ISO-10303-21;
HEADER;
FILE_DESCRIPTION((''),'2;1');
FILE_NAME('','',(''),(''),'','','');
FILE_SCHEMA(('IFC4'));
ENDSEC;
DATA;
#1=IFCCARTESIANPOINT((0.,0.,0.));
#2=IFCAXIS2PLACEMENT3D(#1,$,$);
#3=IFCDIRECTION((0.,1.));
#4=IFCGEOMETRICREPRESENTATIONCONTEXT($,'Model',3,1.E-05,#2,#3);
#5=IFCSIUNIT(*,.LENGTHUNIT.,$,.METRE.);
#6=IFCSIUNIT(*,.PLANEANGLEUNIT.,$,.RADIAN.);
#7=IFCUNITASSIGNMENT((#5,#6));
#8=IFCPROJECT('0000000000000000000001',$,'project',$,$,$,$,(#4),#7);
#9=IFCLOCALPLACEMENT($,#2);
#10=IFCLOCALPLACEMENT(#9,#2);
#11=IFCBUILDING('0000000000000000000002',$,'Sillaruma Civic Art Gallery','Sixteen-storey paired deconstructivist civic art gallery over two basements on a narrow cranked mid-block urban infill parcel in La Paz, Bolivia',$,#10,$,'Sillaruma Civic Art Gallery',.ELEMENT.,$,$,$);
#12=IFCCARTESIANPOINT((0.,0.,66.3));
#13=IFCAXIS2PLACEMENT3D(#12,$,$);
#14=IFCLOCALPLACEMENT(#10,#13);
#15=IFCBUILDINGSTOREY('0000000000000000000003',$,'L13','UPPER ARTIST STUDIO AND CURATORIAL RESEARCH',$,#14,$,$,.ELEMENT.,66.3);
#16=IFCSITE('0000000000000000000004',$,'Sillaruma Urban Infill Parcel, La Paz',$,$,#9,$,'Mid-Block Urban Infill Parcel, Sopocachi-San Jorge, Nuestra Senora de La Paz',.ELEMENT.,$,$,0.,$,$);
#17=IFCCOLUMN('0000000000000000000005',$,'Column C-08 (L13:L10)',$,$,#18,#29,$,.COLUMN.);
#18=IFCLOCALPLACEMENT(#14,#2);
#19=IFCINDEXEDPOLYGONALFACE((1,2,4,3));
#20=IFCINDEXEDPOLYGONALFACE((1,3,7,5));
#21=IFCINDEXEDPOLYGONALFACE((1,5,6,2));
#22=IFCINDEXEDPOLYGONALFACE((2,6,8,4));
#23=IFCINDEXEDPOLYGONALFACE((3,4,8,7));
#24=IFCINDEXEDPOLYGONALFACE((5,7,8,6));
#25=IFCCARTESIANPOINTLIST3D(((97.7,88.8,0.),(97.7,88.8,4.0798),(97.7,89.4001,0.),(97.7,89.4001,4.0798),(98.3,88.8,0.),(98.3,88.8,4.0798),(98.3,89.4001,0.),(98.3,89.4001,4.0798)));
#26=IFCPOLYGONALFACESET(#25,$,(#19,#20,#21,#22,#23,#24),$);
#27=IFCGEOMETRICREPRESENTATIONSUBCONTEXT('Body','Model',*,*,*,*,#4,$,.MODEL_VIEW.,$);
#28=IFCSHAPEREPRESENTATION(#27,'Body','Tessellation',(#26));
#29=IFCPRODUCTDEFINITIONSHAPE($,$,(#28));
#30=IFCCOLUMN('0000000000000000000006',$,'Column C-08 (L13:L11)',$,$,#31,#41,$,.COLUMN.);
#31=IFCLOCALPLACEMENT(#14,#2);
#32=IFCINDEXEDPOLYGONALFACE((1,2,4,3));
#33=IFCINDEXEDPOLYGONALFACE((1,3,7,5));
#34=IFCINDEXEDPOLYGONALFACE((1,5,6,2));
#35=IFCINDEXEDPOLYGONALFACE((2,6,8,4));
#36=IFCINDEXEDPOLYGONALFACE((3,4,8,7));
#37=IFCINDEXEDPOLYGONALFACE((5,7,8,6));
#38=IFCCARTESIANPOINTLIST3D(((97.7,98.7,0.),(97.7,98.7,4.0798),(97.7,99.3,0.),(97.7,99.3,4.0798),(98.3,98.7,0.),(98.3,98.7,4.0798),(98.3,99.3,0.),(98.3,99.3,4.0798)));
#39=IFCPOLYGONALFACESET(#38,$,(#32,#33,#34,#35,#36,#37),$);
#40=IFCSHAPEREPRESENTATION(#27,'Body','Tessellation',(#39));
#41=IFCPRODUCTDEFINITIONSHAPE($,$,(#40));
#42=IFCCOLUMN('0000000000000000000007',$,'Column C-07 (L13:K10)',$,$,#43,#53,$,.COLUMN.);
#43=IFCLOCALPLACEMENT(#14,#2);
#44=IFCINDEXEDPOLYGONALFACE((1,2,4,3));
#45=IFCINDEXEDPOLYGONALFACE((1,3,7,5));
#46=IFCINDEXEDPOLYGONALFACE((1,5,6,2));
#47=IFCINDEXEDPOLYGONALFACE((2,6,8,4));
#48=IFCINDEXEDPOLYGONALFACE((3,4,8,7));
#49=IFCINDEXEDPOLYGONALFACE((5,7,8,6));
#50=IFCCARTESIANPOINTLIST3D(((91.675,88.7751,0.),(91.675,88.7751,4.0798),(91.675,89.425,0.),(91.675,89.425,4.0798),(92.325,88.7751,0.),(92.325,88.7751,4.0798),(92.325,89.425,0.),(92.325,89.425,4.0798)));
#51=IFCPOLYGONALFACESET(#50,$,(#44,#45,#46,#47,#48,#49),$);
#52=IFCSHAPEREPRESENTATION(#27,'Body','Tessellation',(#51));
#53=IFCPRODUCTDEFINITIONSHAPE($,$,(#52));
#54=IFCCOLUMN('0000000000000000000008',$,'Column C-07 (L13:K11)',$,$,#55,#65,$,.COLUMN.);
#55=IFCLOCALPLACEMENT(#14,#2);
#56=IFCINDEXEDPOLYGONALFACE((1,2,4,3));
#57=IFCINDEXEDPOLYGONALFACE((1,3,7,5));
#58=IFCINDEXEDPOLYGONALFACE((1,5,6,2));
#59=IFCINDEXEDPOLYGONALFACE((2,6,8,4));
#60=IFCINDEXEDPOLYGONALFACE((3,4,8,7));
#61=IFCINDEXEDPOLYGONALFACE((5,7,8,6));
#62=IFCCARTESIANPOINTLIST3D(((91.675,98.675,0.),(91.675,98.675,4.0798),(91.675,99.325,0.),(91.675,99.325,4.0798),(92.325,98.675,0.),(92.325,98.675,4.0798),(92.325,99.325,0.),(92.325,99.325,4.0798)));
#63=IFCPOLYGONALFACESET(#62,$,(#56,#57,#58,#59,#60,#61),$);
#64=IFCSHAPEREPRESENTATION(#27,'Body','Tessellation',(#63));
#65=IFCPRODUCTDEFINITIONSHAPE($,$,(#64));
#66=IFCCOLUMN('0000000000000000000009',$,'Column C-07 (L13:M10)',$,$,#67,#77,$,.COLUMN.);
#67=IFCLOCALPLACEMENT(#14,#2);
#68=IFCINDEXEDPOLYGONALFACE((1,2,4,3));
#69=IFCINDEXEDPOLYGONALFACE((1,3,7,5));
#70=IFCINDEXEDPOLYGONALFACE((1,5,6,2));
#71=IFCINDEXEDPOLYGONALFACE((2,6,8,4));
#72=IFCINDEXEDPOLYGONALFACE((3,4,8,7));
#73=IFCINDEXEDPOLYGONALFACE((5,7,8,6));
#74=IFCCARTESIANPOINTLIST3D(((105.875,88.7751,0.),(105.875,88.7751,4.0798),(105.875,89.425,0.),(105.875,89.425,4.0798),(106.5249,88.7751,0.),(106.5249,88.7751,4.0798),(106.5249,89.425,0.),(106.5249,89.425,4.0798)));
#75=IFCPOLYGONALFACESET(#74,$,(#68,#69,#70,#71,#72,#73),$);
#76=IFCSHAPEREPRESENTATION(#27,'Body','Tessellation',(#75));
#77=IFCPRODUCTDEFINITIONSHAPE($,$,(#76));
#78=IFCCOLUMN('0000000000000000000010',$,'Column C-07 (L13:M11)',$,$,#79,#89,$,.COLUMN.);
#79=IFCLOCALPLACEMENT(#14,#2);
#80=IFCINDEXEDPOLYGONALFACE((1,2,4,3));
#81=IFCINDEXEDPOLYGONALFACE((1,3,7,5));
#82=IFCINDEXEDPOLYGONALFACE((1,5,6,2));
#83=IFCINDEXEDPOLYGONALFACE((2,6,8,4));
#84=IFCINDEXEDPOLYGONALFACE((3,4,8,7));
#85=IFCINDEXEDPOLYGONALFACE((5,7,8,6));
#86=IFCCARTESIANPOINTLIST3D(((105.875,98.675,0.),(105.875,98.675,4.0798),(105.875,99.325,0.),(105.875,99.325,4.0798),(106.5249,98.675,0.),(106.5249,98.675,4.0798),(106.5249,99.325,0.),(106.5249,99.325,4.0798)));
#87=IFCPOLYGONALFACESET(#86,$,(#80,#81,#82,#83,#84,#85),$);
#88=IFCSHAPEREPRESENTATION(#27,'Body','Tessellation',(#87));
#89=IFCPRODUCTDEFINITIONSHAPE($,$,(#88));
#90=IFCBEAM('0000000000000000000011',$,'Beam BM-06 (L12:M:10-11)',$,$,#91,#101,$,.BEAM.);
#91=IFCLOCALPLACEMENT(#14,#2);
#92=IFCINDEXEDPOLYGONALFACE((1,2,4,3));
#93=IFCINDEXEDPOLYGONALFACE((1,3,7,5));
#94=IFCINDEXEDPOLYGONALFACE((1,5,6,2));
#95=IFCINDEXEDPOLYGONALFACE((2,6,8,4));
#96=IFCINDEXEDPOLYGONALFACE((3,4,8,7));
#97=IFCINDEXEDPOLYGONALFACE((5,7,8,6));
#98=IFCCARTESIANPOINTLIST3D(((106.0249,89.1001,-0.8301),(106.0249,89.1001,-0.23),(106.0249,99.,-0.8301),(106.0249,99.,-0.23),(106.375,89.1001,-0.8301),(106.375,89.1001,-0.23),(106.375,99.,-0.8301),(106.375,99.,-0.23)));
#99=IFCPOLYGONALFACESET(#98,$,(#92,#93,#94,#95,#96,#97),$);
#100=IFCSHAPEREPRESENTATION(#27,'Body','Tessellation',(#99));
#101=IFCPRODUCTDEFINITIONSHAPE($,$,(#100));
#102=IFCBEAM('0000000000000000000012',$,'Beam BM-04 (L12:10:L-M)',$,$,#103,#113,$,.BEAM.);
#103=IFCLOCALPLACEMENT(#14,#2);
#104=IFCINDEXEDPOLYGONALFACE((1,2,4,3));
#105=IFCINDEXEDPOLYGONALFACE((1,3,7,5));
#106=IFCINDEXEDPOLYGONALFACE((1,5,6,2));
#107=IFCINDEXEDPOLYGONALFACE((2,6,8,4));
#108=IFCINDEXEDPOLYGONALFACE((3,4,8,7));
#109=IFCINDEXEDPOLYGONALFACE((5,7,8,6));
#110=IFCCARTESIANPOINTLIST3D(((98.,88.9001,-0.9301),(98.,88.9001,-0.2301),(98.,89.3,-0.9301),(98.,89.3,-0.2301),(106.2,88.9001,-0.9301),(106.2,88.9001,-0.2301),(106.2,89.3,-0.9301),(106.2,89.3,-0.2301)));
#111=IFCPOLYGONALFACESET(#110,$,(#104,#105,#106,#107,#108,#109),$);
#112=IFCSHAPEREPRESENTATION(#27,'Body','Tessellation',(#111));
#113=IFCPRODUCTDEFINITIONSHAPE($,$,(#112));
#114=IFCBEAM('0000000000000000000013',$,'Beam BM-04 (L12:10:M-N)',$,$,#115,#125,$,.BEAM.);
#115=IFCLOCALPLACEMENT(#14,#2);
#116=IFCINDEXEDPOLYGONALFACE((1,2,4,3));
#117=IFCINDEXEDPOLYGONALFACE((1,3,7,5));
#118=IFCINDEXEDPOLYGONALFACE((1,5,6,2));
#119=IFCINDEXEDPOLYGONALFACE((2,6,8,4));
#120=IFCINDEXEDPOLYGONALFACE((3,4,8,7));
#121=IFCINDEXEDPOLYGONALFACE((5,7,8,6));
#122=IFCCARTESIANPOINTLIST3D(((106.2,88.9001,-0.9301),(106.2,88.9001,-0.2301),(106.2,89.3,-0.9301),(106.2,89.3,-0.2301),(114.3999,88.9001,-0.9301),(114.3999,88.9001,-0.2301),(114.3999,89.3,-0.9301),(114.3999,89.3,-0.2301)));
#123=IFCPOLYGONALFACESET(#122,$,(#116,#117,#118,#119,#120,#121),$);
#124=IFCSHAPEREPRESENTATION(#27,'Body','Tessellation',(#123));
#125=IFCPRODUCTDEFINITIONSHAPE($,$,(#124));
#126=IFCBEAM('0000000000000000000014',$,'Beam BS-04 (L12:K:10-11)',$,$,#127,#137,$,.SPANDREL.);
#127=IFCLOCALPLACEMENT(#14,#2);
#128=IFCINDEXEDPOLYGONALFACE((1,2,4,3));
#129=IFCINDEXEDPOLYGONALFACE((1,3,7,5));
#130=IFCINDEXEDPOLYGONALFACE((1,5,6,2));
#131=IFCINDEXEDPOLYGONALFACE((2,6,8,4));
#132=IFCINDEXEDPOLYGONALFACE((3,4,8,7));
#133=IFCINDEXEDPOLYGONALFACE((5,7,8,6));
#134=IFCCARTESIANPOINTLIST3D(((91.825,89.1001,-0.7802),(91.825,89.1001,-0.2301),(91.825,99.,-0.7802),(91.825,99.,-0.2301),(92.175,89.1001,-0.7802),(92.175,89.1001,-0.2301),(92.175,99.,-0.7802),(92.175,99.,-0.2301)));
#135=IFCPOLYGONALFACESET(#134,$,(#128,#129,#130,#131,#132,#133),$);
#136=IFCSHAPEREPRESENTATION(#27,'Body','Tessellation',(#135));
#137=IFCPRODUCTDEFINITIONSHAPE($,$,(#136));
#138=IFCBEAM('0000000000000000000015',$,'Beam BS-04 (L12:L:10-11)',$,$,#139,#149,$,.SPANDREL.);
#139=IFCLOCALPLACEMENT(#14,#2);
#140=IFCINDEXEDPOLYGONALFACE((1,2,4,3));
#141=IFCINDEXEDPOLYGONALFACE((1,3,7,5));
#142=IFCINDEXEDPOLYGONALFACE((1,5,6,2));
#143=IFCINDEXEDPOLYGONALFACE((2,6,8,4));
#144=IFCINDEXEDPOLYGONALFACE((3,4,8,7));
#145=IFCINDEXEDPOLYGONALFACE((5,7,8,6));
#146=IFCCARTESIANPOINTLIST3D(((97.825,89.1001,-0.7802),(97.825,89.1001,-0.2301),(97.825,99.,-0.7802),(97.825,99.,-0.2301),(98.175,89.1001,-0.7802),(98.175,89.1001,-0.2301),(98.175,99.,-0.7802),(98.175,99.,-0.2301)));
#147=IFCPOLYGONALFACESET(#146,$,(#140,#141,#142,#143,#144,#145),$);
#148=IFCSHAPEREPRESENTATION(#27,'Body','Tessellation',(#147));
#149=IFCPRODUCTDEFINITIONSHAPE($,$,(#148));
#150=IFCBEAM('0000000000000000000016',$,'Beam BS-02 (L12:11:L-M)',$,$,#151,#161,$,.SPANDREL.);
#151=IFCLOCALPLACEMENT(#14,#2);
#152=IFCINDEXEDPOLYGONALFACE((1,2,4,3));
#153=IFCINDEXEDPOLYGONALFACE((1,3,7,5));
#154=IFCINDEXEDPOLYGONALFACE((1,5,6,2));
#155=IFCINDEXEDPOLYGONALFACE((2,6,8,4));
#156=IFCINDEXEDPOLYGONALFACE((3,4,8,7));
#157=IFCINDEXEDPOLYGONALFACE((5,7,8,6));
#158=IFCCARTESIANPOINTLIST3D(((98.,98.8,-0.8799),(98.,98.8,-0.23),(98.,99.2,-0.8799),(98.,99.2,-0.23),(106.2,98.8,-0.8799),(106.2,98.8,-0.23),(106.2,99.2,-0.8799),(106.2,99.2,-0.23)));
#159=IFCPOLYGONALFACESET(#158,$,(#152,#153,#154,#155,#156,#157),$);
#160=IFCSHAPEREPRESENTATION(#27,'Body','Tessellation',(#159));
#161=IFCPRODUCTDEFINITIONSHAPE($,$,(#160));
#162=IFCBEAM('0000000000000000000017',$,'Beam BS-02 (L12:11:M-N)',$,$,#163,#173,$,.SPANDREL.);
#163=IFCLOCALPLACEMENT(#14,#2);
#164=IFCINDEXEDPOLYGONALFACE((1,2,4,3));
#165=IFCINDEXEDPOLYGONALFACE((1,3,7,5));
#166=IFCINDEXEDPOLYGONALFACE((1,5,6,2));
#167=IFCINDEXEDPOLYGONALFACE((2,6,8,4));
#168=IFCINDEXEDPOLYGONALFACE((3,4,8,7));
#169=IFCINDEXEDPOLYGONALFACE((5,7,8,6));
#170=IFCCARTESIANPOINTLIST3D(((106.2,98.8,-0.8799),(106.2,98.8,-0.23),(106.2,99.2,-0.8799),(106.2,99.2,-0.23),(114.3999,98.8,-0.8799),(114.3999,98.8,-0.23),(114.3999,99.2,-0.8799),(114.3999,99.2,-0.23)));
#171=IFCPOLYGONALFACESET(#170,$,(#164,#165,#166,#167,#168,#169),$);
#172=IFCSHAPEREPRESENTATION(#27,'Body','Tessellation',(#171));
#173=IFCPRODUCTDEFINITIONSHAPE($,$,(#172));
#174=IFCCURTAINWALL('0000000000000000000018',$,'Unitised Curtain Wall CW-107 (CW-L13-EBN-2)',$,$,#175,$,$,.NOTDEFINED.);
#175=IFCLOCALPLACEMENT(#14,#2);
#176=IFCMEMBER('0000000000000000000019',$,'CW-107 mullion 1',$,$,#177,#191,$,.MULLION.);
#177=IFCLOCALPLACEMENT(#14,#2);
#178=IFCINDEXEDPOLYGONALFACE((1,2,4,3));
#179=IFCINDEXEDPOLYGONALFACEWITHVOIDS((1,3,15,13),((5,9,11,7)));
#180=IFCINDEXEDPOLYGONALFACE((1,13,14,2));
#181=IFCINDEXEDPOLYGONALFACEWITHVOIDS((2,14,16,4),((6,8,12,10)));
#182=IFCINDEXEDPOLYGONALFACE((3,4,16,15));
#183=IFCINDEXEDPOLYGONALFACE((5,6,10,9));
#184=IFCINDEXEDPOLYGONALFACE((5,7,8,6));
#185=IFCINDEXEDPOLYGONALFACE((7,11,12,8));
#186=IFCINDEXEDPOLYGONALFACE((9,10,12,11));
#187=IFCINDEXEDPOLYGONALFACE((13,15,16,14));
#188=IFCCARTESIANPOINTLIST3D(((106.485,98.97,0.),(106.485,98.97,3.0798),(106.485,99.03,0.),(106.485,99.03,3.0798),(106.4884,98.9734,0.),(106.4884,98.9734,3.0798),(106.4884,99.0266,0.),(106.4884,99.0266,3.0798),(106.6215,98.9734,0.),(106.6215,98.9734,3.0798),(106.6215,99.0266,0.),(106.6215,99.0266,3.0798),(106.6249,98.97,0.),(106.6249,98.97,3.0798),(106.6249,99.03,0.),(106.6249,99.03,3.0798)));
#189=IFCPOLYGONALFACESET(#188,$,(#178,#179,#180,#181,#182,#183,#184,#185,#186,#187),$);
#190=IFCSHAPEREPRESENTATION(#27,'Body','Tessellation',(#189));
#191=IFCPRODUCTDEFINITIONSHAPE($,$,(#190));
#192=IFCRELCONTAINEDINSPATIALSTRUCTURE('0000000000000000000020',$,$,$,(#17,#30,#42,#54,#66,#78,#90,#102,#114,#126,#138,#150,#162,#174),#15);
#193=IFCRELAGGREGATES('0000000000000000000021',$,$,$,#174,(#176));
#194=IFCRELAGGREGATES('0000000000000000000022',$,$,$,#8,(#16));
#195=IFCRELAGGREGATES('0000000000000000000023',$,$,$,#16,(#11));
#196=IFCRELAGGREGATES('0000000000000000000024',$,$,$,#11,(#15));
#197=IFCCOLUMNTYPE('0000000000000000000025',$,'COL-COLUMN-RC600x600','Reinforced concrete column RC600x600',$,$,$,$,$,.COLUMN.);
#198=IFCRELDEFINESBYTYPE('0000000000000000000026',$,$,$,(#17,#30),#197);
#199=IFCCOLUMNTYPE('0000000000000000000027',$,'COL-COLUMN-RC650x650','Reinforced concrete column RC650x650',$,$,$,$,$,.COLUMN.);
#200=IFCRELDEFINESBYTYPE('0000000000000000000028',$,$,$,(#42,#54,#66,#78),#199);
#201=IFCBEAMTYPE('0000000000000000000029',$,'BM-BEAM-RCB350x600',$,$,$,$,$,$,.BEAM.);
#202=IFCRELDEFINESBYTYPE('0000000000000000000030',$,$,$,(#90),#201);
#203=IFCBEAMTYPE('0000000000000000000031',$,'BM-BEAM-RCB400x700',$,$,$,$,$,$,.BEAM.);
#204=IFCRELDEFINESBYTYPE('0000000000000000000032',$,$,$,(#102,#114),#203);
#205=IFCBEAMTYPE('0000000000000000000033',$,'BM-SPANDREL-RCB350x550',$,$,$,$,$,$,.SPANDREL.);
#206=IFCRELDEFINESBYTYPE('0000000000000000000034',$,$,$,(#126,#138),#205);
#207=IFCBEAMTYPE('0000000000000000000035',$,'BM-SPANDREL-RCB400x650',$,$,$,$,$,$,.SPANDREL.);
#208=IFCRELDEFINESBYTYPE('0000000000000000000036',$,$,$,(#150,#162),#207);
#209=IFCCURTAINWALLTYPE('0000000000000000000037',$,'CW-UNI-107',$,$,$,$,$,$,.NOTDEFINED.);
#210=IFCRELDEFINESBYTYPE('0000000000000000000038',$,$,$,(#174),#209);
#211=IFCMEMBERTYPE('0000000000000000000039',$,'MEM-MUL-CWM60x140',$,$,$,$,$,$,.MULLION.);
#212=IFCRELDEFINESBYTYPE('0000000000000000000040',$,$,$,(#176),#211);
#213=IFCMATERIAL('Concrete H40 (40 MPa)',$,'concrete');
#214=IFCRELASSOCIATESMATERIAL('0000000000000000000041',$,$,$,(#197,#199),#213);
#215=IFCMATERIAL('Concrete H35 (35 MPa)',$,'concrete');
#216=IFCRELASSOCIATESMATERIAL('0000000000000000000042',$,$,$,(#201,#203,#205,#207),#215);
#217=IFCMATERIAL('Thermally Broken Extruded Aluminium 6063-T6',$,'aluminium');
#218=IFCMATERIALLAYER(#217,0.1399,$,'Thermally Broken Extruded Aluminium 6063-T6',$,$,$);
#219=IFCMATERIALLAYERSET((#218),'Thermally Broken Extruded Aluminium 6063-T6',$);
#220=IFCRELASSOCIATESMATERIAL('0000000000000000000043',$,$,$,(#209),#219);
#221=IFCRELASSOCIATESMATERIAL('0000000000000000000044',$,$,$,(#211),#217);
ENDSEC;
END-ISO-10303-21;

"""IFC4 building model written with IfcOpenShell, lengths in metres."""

from ifc_helpers import new_model, si_unit, direction, frame, origin, origin_2d, place, context, subcontext, project, spatial, rectangle, hollow_rectangle, extrude, material, layer, layer_set, material_profile, profile_set, type_object, element, aggregate, save


model = new_model("IFC4")

# Units and contexts
model_context = context("Model", 3, precision=1e-05, world=origin(), true_north=direction((0.0, 1.0)))
body_context = subcontext(model_context, "Body", "Model", "MODEL_VIEW")
ifc_project = project(units=[si_unit("LENGTHUNIT", "METRE"), si_unit("PLANEANGLEUNIT", "RADIAN")], contexts=[model_context])

# Site, building, storey
site_placement = place(None, origin())
site = spatial("IfcSite", under=ifc_project, at=site_placement, Name="Sillaruma Urban Infill Parcel, La Paz", LongName="Mid-Block Urban Infill Parcel, Sopocachi-San Jorge, Nuestra Senora de La Paz", CompositionType="ELEMENT", RefElevation=0.0)
building_placement = place(site_placement, origin())
building = spatial("IfcBuilding", under=site, at=building_placement, Name="Sillaruma Civic Art Gallery", Description="Sixteen-storey paired deconstructivist civic art gallery over two basements on a narrow cranked mid-block urban infill parcel in La Paz, Bolivia", LongName="Sillaruma Civic Art Gallery", CompositionType="ELEMENT")
storey_placement = place(building_placement, frame((0.0, 0.0, 66.3)))
storey = spatial("IfcBuildingStorey", under=building, at=storey_placement, Name="L13", Description="UPPER ARTIST STUDIO AND CURATORIAL RESEARCH", CompositionType="ELEMENT", Elevation=66.3)

# Columns
ifc_material_1 = material(Name="Concrete H40 (40 MPa)", Category="concrete")
ifc_material_profile_1 = material_profile(ifc_material_1, rectangle(XDim=0.6001, YDim=0.6001, at=origin_2d()), Name="RC600x600")
ifc_profile_set_1 = profile_set([ifc_material_profile_1], Name="Concrete H40 (40 MPa)")
column_type_1 = type_object("IfcColumnType", Name="COL-COLUMN-RC600x600", Description="Reinforced concrete column RC600x600", PredefinedType="COLUMN", material=ifc_profile_set_1)
for number, where, z_axis, x_axis, name in (
    (1, (98.0, 89.1001, 0.0), (0.0, 0.0, 1.0), (1.0, 0.0, 0.0), "Column C-08 (L13:L10)"),
    (2, (98.0, 99.0, 0.0), (0.0, 0.0, 1.0), (1.0, 0.0, 0.0), "Column C-08 (L13:L11)"),
):
    element("IfcColumn", number, at=place(storey_placement, frame(where, z_axis=z_axis, x_axis=x_axis)), inside=storey, type_object=column_type_1, Name=name, PredefinedType="COLUMN", context=body_context, shape_type="SweptSolid", body=[
        extrude(rectangle(XDim=0.6001, YDim=0.6001, at=origin_2d()), origin(), (0.0, 0.0, 1.0), 4.0798),
    ])
ifc_material_profile_2 = material_profile(ifc_material_1, rectangle(XDim=0.6499, YDim=0.6499, at=origin_2d()), Name="RC650x650")
ifc_profile_set_2 = profile_set([ifc_material_profile_2], Name="Concrete H40 (40 MPa)")
column_type_2 = type_object("IfcColumnType", Name="COL-COLUMN-RC650x650", Description="Reinforced concrete column RC650x650", PredefinedType="COLUMN", material=ifc_profile_set_2)
for number, where, z_axis, x_axis, name in (
    (3, (92.0, 89.1001, 0.0), (0.0, 0.0, 1.0), (1.0, 0.0, 0.0), "Column C-07 (L13:K10)"),
    (4, (92.0, 99.0, 0.0), (0.0, 0.0, 1.0), (1.0, 0.0, 0.0), "Column C-07 (L13:K11)"),
    (5, (106.2, 89.1001, 0.0), (0.0, 0.0, 1.0), (1.0, 0.0, 0.0), "Column C-07 (L13:M10)"),
    (6, (106.2, 99.0, 0.0), (0.0, 0.0, 1.0), (1.0, 0.0, 0.0), "Column C-07 (L13:M11)"),
):
    element("IfcColumn", number, at=place(storey_placement, frame(where, z_axis=z_axis, x_axis=x_axis)), inside=storey, type_object=column_type_2, Name=name, PredefinedType="COLUMN", context=body_context, shape_type="SweptSolid", body=[
        extrude(rectangle(XDim=0.6499, YDim=0.6499, at=origin_2d()), origin(), (0.0, 0.0, 1.0), 4.0798),
    ])

# Beams
ifc_material_2 = material(Name="Concrete H35 (35 MPa)", Category="concrete")
ifc_material_profile_3 = material_profile(ifc_material_2, rectangle(XDim=0.3501, YDim=0.6001, at=origin_2d()), Name="RCB350x600")
ifc_profile_set_3 = profile_set([ifc_material_profile_3], Name="Concrete H35 (35 MPa)")
beam_type_1 = type_object("IfcBeamType", Name="BM-BEAM-RCB350x600", PredefinedType="BEAM", material=ifc_profile_set_3)
beam_placement = place(storey_placement, frame((106.2, 89.1001, -0.53), z_axis=(0.0, 1.0, 0.0), x_axis=(-1.0, 0.0, 0.0)))
element("IfcBeam", 7, at=beam_placement, inside=storey, type_object=beam_type_1, Name="Beam BM-06 (L12:M:10-11)", PredefinedType="BEAM", context=body_context, shape_type="SweptSolid", body=[
    extrude(rectangle(XDim=0.3501, YDim=0.6001, at=origin_2d()), origin(), (0.0, 0.0, 1.0), 9.8999),
])
ifc_material_profile_4 = material_profile(ifc_material_2, rectangle(XDim=0.3999, YDim=0.7, at=origin_2d()), Name="RCB400x700")
ifc_profile_set_4 = profile_set([ifc_material_profile_4], Name="Concrete H35 (35 MPa)")
beam_type_2 = type_object("IfcBeamType", Name="BM-BEAM-RCB400x700", PredefinedType="BEAM", material=ifc_profile_set_4)
for number, where, z_axis, x_axis, name in (
    (8, (98.0, 89.1001, -0.5801), (1.0, 0.0, 0.0), (0.0, 1.0, 0.0), "Beam BM-04 (L12:10:L-M)"),
    (9, (106.2, 89.1001, -0.5801), (1.0, 0.0, 0.0), (0.0, 1.0, 0.0), "Beam BM-04 (L12:10:M-N)"),
):
    element("IfcBeam", number, at=place(storey_placement, frame(where, z_axis=z_axis, x_axis=x_axis)), inside=storey, type_object=beam_type_2, Name=name, PredefinedType="BEAM", context=body_context, shape_type="SweptSolid", body=[
        extrude(rectangle(XDim=0.3999, YDim=0.7, at=origin_2d()), origin(), (0.0, 0.0, 1.0), 8.2),
    ])
ifc_material_profile_5 = material_profile(ifc_material_2, rectangle(XDim=0.3501, YDim=0.55, at=origin_2d()), Name="RCB350x550")
ifc_profile_set_5 = profile_set([ifc_material_profile_5], Name="Concrete H35 (35 MPa)")
beam_type_3 = type_object("IfcBeamType", Name="BM-SPANDREL-RCB350x550", PredefinedType="SPANDREL", material=ifc_profile_set_5)
for number, where, z_axis, x_axis, name in (
    (10, (92.0, 89.1001, -0.5051), (0.0, 1.0, 0.0), (-1.0, 0.0, 0.0), "Beam BS-04 (L12:K:10-11)"),
    (11, (98.0, 89.1001, -0.5051), (0.0, 1.0, 0.0), (-1.0, 0.0, 0.0), "Beam BS-04 (L12:L:10-11)"),
):
    element("IfcBeam", number, at=place(storey_placement, frame(where, z_axis=z_axis, x_axis=x_axis)), inside=storey, type_object=beam_type_3, Name=name, PredefinedType="SPANDREL", context=body_context, shape_type="SweptSolid", body=[
        extrude(rectangle(XDim=0.3501, YDim=0.55, at=origin_2d()), origin(), (0.0, 0.0, 1.0), 9.8999),
    ])
ifc_material_profile_6 = material_profile(ifc_material_2, rectangle(XDim=0.3999, YDim=0.6499, at=origin_2d()), Name="RCB400x650")
ifc_profile_set_6 = profile_set([ifc_material_profile_6], Name="Concrete H35 (35 MPa)")
beam_type_4 = type_object("IfcBeamType", Name="BM-SPANDREL-RCB400x650", PredefinedType="SPANDREL", material=ifc_profile_set_6)
for number, where, z_axis, x_axis, name in (
    (12, (98.0, 99.0, -0.5549), (1.0, 0.0, 0.0), (0.0, 1.0, 0.0), "Beam BS-02 (L12:11:L-M)"),
    (13, (106.2, 99.0, -0.5549), (1.0, 0.0, 0.0), (0.0, 1.0, 0.0), "Beam BS-02 (L12:11:M-N)"),
):
    element("IfcBeam", number, at=place(storey_placement, frame(where, z_axis=z_axis, x_axis=x_axis)), inside=storey, type_object=beam_type_4, Name=name, PredefinedType="SPANDREL", context=body_context, shape_type="SweptSolid", body=[
        extrude(rectangle(XDim=0.3999, YDim=0.6499, at=origin_2d()), origin(), (0.0, 0.0, 1.0), 8.2),
    ])

# Curtain wall, member
ifc_material_3 = material(Name="Thermally Broken Extruded Aluminium 6063-T6", Category="aluminium")
ifc_layer_1 = layer(ifc_material_3, 0.1399, Name="Thermally Broken Extruded Aluminium 6063-T6")
ifc_layer_set_1 = layer_set([ifc_layer_1], Name="Thermally Broken Extruded Aluminium 6063-T6")
curtain_wall_type = type_object("IfcCurtainWallType", Name="CW-UNI-107", PredefinedType="NOTDEFINED", material=ifc_layer_set_1)
curtain_wall_placement = place(storey_placement, origin())
curtain_wall = element("IfcCurtainWall", 14, at=curtain_wall_placement, inside=storey, type_object=curtain_wall_type, Name="Unitised Curtain Wall CW-107 (CW-L13-EBN-2)", PredefinedType="NOTDEFINED")
ifc_material_profile_7 = material_profile(ifc_material_3, hollow_rectangle(XDim=0.0601, YDim=0.1399, WallThickness=0.0034, at=origin_2d()), Name="CWM60x140")
ifc_profile_set_7 = profile_set([ifc_material_profile_7], Name="Thermally Broken Extruded Aluminium 6063-T6")
member_type = type_object("IfcMemberType", Name="MEM-MUL-CWM60x140", PredefinedType="MULLION", material=ifc_profile_set_7)
member_placement = place(storey_placement, frame((106.5549, 99.0, 0.0), z_axis=(0.0, 0.0, 1.0), x_axis=(0.0, 1.0, 0.0)))
member = element("IfcMember", 15, at=member_placement, type_object=member_type, Name="CW-107 mullion 1", PredefinedType="MULLION", context=body_context, shape_type="SweptSolid", body=[
    extrude(hollow_rectangle(XDim=0.0601, YDim=0.1399, WallThickness=0.0034, at=origin_2d()), origin(), (0.0, 0.0, 1.0), 3.0798),
])
aggregate(curtain_wall, [member])

save(model, "model.ifc")
